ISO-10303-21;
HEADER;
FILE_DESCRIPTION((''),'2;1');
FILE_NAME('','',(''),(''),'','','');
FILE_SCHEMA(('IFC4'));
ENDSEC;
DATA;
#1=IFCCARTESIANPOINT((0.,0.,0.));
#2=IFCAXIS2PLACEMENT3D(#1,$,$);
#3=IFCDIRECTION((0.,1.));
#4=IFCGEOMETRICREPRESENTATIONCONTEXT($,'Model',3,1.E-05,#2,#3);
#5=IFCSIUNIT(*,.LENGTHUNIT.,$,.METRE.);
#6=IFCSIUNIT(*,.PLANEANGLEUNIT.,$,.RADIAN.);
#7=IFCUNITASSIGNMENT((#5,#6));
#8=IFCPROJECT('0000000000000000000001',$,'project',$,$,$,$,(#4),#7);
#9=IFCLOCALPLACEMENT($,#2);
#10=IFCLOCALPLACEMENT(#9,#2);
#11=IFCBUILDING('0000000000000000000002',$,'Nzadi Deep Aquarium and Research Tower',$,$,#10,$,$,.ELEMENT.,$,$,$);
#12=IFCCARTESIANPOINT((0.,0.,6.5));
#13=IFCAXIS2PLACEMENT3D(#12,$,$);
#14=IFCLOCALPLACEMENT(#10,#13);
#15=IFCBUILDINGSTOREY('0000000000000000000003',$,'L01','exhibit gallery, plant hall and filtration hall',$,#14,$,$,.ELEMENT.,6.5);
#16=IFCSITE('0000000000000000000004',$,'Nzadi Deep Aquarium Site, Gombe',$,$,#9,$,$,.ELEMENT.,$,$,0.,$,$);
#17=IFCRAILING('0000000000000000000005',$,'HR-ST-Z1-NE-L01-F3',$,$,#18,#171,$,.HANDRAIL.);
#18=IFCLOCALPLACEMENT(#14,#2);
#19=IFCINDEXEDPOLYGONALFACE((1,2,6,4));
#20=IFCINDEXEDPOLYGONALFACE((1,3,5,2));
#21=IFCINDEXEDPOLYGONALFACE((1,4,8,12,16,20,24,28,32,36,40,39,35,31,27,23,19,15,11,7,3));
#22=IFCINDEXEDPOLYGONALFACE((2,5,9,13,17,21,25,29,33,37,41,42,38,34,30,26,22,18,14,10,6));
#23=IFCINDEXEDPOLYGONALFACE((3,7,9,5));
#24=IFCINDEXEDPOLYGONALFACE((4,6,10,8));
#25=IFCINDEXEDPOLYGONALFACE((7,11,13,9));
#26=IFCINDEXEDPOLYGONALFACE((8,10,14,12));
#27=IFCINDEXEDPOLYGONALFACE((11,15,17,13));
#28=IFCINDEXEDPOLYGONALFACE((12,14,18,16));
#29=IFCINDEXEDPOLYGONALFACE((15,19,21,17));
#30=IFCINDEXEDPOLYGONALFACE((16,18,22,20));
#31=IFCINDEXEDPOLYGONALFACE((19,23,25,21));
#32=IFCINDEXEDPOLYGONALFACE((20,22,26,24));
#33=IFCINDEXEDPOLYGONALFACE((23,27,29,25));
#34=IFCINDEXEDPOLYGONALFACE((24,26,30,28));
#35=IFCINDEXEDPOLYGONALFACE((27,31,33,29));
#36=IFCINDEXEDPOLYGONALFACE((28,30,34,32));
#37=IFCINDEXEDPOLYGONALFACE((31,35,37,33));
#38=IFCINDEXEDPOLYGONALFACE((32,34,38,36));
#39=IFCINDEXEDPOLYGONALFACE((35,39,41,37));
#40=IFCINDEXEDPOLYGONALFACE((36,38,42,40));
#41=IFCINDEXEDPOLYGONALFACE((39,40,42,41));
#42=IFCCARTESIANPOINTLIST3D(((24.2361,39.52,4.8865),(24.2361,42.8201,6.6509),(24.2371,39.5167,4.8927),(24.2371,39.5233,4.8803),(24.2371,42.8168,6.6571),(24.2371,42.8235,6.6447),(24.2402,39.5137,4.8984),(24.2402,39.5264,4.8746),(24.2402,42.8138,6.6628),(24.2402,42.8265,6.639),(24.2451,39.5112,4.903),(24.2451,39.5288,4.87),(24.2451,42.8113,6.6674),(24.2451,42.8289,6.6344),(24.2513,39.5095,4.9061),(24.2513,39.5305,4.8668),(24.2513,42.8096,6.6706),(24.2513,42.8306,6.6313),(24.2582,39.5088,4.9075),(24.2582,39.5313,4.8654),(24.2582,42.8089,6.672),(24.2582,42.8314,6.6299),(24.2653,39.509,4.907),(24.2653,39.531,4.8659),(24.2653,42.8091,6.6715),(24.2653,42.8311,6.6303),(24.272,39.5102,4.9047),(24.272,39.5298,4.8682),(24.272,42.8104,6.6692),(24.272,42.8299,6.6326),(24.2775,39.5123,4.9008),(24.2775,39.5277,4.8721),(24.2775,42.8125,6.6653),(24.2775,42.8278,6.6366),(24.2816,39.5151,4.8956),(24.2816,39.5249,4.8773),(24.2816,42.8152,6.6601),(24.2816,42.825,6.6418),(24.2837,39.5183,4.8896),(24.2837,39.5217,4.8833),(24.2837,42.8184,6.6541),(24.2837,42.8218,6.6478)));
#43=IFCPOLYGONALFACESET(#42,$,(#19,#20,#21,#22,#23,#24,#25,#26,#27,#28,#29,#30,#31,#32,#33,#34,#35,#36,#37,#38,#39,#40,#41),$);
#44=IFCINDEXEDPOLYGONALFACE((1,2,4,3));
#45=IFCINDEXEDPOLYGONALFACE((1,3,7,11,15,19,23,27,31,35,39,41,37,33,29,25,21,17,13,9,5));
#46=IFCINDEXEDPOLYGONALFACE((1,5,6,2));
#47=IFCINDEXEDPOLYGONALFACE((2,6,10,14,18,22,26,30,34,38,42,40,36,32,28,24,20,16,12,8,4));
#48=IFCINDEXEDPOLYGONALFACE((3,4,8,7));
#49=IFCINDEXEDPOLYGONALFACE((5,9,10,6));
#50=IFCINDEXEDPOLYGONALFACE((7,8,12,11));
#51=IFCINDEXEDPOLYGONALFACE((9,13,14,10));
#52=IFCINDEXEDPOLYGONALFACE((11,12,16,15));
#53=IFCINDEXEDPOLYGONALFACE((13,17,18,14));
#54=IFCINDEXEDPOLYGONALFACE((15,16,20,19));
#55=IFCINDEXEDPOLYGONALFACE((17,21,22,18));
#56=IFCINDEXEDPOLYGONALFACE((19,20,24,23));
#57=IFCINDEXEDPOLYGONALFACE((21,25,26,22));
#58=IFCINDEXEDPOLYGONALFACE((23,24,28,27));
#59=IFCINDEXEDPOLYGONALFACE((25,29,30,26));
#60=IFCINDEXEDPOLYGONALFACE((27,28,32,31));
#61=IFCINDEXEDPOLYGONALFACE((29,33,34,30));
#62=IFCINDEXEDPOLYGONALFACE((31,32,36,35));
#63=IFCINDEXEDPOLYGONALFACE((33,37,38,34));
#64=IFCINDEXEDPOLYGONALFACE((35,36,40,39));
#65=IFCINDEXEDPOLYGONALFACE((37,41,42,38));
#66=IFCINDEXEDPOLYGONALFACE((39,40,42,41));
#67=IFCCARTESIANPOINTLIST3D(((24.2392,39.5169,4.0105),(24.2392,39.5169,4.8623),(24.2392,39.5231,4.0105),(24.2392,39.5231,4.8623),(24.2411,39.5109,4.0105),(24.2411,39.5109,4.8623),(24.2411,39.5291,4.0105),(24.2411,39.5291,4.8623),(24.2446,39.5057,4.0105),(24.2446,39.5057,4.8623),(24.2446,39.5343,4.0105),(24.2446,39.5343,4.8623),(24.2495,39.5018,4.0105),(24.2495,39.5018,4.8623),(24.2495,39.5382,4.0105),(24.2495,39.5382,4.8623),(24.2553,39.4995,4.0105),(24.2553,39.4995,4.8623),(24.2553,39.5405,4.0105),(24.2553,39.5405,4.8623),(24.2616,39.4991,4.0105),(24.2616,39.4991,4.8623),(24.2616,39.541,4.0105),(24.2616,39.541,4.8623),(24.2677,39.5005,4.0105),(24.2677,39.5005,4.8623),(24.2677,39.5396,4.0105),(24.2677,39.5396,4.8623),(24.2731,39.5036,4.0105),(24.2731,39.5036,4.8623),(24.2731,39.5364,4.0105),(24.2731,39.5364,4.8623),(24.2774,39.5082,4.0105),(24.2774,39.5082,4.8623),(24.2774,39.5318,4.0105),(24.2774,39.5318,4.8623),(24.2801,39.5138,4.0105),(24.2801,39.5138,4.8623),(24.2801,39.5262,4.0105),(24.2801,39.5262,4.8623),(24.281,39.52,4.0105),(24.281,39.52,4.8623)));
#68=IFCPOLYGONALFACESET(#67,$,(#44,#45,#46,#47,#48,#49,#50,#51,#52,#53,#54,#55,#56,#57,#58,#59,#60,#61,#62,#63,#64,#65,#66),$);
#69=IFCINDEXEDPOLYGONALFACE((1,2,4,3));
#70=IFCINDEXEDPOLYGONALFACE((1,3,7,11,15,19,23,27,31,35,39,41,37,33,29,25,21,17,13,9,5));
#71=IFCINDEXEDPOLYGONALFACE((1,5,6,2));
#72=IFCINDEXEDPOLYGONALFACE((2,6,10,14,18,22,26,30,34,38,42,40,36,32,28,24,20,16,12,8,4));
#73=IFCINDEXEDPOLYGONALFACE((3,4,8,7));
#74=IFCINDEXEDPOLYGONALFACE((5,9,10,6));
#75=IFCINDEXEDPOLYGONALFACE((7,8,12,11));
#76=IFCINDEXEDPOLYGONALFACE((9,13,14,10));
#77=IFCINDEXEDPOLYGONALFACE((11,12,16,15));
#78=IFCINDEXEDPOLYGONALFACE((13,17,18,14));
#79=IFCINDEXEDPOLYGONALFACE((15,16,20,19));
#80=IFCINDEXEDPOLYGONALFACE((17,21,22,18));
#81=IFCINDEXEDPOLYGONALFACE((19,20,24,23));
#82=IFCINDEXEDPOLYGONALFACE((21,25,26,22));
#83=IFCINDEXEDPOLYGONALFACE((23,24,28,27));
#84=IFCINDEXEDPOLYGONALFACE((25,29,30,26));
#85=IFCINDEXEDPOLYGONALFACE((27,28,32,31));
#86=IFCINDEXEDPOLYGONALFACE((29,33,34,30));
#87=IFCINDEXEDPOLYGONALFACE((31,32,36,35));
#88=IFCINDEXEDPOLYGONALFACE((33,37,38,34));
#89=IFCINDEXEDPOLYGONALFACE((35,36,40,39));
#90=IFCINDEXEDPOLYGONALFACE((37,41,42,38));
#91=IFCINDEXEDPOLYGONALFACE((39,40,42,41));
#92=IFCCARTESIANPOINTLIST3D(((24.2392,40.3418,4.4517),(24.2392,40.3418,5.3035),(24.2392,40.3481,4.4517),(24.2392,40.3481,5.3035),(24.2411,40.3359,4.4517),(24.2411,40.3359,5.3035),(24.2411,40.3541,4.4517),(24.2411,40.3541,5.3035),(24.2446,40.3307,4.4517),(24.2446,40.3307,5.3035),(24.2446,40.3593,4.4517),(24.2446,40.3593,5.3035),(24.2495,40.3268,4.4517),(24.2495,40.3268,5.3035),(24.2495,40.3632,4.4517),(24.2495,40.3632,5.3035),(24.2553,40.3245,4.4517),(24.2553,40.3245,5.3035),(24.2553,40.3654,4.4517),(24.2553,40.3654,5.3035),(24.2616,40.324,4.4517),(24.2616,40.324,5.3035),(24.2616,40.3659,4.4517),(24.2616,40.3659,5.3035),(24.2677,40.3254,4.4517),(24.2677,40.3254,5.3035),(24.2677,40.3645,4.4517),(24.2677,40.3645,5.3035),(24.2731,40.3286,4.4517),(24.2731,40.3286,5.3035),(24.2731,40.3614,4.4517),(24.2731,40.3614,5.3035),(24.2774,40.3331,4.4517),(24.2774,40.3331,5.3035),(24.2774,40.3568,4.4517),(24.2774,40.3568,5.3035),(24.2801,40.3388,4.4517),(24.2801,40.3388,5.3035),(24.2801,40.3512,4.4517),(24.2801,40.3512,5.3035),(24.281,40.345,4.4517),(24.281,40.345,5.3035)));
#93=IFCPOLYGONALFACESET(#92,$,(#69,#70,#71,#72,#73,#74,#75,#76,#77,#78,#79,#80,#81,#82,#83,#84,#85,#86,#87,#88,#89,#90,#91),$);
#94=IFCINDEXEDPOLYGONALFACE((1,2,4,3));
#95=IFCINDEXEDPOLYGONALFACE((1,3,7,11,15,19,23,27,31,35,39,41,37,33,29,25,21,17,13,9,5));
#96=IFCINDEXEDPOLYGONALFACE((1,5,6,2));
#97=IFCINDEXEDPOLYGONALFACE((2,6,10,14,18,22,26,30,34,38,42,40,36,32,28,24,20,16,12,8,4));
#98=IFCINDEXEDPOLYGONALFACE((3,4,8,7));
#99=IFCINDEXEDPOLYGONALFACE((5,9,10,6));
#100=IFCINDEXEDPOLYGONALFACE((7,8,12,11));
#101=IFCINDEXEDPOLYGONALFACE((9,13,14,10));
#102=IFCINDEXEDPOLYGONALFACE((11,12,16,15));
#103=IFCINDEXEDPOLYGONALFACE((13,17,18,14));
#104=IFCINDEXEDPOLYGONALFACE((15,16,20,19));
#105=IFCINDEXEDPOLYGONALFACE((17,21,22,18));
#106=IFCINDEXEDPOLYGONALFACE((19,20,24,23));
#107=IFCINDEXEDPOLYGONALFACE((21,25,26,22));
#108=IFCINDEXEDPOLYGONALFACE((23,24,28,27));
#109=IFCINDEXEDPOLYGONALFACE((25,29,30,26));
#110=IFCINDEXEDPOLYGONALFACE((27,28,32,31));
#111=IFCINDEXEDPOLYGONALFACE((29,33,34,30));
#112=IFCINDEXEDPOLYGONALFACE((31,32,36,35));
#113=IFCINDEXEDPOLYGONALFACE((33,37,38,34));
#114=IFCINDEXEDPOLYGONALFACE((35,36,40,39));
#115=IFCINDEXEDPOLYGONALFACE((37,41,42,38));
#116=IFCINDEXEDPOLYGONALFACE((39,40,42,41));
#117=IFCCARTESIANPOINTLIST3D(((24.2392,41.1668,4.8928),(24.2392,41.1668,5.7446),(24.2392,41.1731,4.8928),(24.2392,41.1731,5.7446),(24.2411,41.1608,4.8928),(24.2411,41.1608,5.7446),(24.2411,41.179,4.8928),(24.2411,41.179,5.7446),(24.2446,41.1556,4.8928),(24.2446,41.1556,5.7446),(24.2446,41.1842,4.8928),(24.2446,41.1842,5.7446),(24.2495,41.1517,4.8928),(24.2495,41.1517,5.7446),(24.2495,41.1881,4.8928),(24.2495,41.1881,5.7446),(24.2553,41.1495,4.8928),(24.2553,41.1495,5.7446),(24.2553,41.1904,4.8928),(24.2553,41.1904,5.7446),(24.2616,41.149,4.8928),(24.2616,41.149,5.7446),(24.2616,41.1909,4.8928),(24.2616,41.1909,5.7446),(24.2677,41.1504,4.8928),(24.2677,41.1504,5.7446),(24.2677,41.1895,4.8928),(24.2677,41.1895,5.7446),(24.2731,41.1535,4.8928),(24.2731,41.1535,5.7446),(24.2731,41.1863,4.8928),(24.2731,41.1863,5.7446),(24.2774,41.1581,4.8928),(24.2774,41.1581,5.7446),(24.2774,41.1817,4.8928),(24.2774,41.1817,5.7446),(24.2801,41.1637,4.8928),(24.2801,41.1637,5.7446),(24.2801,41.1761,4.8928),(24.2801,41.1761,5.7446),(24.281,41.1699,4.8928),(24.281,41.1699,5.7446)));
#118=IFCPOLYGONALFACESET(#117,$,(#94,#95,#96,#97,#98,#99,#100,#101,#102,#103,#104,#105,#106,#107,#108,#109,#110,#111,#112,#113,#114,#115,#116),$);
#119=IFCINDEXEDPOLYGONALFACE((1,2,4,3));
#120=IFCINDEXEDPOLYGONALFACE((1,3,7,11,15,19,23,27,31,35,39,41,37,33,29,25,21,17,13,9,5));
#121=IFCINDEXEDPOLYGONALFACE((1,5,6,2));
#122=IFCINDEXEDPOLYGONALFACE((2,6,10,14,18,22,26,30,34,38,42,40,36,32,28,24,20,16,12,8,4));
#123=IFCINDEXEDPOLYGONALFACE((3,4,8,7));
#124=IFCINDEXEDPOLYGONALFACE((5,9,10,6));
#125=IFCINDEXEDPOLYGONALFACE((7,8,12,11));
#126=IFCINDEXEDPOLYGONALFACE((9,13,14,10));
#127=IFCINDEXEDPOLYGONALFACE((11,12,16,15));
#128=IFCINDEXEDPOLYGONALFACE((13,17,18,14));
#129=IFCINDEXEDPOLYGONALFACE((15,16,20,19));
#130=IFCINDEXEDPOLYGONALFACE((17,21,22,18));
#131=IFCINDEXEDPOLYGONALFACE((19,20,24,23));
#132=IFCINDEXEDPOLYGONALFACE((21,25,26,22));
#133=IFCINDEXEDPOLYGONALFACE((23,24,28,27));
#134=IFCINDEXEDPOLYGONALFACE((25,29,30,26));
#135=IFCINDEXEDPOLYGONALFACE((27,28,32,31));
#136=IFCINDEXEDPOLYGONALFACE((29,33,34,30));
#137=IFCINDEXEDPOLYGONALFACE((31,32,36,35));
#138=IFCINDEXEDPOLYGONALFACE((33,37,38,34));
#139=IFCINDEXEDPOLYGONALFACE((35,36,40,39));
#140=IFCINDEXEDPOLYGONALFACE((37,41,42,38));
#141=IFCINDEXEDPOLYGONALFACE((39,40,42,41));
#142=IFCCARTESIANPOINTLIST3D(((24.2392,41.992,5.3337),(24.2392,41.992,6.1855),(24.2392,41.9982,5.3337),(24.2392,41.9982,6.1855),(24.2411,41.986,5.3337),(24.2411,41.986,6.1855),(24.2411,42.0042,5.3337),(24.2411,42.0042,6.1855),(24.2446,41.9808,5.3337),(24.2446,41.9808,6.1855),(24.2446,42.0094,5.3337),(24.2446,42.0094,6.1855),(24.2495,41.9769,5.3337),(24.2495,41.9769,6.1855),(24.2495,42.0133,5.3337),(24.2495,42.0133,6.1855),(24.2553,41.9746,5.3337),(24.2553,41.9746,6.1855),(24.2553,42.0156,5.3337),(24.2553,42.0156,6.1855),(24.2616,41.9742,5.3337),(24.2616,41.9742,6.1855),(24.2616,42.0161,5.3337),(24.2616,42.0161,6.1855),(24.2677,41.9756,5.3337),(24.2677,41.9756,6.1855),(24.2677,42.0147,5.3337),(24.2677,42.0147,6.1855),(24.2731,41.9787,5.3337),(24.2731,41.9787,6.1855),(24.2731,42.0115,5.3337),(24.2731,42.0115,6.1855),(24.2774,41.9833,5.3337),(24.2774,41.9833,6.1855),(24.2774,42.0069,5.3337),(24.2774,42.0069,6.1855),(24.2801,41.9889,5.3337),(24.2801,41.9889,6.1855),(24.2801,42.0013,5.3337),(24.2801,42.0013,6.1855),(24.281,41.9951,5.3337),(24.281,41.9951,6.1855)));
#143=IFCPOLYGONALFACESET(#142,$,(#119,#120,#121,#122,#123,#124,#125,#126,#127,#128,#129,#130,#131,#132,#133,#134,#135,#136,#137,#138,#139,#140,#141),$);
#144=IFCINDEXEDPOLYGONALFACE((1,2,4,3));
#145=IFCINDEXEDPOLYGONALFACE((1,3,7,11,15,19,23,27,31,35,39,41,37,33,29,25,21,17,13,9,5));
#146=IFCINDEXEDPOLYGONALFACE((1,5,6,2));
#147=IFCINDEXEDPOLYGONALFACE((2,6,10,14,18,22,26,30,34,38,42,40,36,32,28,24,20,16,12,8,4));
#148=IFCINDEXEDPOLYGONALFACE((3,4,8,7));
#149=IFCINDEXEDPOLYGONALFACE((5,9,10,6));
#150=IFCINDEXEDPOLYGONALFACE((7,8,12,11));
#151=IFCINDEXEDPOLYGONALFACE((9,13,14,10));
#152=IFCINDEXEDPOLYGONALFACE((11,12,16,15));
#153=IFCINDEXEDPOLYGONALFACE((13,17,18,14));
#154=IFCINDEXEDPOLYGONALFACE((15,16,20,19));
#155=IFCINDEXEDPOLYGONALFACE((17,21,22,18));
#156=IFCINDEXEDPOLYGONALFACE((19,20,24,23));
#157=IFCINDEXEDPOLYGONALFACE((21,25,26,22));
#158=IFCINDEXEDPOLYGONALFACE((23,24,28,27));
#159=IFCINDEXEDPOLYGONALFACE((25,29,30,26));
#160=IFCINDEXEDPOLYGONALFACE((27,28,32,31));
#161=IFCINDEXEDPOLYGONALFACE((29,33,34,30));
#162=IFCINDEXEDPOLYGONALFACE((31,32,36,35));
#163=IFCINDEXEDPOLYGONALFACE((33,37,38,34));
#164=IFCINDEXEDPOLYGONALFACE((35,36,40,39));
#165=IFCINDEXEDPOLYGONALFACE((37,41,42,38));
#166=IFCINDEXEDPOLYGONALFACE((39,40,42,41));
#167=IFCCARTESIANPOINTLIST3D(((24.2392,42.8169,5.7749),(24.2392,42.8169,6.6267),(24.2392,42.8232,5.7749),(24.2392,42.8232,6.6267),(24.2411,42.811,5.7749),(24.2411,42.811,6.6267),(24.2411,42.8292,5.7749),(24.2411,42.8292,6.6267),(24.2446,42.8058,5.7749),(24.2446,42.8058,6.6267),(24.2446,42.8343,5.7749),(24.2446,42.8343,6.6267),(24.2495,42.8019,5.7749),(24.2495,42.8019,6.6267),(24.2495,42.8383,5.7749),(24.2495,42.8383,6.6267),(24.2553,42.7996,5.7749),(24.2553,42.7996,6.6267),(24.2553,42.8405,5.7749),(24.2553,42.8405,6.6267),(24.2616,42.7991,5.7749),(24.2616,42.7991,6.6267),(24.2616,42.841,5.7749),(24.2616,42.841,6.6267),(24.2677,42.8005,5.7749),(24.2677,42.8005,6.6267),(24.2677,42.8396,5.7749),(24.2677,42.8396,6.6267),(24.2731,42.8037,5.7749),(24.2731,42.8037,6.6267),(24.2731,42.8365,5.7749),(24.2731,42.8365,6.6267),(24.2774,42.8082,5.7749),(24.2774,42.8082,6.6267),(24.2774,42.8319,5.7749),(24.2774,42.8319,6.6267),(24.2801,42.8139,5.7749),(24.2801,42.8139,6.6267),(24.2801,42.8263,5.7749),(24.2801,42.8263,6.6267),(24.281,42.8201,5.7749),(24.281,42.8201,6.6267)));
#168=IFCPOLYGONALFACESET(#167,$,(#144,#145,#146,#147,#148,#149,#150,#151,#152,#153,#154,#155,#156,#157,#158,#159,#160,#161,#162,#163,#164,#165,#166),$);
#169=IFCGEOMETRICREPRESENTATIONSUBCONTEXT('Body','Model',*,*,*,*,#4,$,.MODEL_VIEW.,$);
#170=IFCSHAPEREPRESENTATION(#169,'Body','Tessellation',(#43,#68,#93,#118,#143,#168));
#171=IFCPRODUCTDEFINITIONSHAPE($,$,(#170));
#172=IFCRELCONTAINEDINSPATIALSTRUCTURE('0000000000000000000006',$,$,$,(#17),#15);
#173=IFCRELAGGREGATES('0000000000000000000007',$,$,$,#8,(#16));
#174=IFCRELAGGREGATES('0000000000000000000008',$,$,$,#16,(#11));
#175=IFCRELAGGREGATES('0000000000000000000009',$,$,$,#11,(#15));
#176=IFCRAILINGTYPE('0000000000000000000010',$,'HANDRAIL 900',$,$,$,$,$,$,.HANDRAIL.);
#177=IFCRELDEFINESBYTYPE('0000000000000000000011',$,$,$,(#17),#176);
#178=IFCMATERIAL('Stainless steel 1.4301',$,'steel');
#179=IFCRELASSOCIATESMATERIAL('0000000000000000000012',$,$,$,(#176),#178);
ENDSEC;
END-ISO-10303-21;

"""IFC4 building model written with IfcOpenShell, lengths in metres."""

from ifc_helpers import new_model, si_unit, direction, frame, origin, origin_2d, place, context, subcontext, project, spatial, circle, extrude, material, type_object, element, save


model = new_model("IFC4")

# Units and contexts
model_context = context("Model", 3, precision=1e-05, world=origin(), true_north=direction((0.0, 1.0)))
body_context = subcontext(model_context, "Body", "Model", "MODEL_VIEW")
ifc_project = project(units=[si_unit("LENGTHUNIT", "METRE"), si_unit("PLANEANGLEUNIT", "RADIAN")], contexts=[model_context])

# Site, building, storey
site_placement = place(None, origin())
site = spatial("IfcSite", under=ifc_project, at=site_placement, Name="Nzadi Deep Aquarium Site, Gombe", CompositionType="ELEMENT", RefElevation=0.0)
building_placement = place(site_placement, origin())
building = spatial("IfcBuilding", under=site, at=building_placement, Name="Nzadi Deep Aquarium and Research Tower", CompositionType="ELEMENT")
storey_placement = place(building_placement, frame((0.0, 0.0, 6.5)))
storey = spatial("IfcBuildingStorey", under=building, at=storey_placement, Name="L01", Description="exhibit gallery, plant hall and filtration hall", CompositionType="ELEMENT", Elevation=6.5)

# Railing
ifc_material_1 = material(Name="Stainless steel 1.4301", Category="steel")
railing_type = type_object("IfcRailingType", Name="HANDRAIL 900", PredefinedType="HANDRAIL", material=ifc_material_1)
for number, where, name in (
    (1, (24.26, 39.52, 4.0105), "HR-ST-Z1-NE-L01-F3"),
):
    element("IfcRailing", number, at=place(storey_placement, frame(where)), inside=storey, type_object=railing_type, Name=name, PredefinedType="HANDRAIL", context=body_context, shape_type="SweptSolid", body=[
        extrude(circle(Radius=0.0239, at=origin_2d()), frame((0.0, 0.0, 0.876), z_axis=(0.0, 0.881867, 0.471499), x_axis=(-1.0, 0.0, 0.0)), (0.0, 0.0, 1.0), 3.7422),
        extrude(circle(Radius=0.021, at=origin_2d()), origin(), (0.0, 0.0, 1.0), 0.8518),
        extrude(circle(Radius=0.021, at=origin_2d()), frame((0.0, 0.825, 0.4412)), (0.0, 0.0, 1.0), 0.8518),
        extrude(circle(Radius=0.021, at=origin_2d()), frame((0.0, 1.6499, 0.8823)), (0.0, 0.0, 1.0), 0.8518),
        extrude(circle(Radius=0.021, at=origin_2d()), frame((0.0, 2.4751, 1.3232)), (0.0, 0.0, 1.0), 0.8518),
        extrude(circle(Radius=0.021, at=origin_2d()), frame((0.0, 3.3, 1.7644)), (0.0, 0.0, 1.0), 0.8518),
    ])

save(model, "model.ifc")
